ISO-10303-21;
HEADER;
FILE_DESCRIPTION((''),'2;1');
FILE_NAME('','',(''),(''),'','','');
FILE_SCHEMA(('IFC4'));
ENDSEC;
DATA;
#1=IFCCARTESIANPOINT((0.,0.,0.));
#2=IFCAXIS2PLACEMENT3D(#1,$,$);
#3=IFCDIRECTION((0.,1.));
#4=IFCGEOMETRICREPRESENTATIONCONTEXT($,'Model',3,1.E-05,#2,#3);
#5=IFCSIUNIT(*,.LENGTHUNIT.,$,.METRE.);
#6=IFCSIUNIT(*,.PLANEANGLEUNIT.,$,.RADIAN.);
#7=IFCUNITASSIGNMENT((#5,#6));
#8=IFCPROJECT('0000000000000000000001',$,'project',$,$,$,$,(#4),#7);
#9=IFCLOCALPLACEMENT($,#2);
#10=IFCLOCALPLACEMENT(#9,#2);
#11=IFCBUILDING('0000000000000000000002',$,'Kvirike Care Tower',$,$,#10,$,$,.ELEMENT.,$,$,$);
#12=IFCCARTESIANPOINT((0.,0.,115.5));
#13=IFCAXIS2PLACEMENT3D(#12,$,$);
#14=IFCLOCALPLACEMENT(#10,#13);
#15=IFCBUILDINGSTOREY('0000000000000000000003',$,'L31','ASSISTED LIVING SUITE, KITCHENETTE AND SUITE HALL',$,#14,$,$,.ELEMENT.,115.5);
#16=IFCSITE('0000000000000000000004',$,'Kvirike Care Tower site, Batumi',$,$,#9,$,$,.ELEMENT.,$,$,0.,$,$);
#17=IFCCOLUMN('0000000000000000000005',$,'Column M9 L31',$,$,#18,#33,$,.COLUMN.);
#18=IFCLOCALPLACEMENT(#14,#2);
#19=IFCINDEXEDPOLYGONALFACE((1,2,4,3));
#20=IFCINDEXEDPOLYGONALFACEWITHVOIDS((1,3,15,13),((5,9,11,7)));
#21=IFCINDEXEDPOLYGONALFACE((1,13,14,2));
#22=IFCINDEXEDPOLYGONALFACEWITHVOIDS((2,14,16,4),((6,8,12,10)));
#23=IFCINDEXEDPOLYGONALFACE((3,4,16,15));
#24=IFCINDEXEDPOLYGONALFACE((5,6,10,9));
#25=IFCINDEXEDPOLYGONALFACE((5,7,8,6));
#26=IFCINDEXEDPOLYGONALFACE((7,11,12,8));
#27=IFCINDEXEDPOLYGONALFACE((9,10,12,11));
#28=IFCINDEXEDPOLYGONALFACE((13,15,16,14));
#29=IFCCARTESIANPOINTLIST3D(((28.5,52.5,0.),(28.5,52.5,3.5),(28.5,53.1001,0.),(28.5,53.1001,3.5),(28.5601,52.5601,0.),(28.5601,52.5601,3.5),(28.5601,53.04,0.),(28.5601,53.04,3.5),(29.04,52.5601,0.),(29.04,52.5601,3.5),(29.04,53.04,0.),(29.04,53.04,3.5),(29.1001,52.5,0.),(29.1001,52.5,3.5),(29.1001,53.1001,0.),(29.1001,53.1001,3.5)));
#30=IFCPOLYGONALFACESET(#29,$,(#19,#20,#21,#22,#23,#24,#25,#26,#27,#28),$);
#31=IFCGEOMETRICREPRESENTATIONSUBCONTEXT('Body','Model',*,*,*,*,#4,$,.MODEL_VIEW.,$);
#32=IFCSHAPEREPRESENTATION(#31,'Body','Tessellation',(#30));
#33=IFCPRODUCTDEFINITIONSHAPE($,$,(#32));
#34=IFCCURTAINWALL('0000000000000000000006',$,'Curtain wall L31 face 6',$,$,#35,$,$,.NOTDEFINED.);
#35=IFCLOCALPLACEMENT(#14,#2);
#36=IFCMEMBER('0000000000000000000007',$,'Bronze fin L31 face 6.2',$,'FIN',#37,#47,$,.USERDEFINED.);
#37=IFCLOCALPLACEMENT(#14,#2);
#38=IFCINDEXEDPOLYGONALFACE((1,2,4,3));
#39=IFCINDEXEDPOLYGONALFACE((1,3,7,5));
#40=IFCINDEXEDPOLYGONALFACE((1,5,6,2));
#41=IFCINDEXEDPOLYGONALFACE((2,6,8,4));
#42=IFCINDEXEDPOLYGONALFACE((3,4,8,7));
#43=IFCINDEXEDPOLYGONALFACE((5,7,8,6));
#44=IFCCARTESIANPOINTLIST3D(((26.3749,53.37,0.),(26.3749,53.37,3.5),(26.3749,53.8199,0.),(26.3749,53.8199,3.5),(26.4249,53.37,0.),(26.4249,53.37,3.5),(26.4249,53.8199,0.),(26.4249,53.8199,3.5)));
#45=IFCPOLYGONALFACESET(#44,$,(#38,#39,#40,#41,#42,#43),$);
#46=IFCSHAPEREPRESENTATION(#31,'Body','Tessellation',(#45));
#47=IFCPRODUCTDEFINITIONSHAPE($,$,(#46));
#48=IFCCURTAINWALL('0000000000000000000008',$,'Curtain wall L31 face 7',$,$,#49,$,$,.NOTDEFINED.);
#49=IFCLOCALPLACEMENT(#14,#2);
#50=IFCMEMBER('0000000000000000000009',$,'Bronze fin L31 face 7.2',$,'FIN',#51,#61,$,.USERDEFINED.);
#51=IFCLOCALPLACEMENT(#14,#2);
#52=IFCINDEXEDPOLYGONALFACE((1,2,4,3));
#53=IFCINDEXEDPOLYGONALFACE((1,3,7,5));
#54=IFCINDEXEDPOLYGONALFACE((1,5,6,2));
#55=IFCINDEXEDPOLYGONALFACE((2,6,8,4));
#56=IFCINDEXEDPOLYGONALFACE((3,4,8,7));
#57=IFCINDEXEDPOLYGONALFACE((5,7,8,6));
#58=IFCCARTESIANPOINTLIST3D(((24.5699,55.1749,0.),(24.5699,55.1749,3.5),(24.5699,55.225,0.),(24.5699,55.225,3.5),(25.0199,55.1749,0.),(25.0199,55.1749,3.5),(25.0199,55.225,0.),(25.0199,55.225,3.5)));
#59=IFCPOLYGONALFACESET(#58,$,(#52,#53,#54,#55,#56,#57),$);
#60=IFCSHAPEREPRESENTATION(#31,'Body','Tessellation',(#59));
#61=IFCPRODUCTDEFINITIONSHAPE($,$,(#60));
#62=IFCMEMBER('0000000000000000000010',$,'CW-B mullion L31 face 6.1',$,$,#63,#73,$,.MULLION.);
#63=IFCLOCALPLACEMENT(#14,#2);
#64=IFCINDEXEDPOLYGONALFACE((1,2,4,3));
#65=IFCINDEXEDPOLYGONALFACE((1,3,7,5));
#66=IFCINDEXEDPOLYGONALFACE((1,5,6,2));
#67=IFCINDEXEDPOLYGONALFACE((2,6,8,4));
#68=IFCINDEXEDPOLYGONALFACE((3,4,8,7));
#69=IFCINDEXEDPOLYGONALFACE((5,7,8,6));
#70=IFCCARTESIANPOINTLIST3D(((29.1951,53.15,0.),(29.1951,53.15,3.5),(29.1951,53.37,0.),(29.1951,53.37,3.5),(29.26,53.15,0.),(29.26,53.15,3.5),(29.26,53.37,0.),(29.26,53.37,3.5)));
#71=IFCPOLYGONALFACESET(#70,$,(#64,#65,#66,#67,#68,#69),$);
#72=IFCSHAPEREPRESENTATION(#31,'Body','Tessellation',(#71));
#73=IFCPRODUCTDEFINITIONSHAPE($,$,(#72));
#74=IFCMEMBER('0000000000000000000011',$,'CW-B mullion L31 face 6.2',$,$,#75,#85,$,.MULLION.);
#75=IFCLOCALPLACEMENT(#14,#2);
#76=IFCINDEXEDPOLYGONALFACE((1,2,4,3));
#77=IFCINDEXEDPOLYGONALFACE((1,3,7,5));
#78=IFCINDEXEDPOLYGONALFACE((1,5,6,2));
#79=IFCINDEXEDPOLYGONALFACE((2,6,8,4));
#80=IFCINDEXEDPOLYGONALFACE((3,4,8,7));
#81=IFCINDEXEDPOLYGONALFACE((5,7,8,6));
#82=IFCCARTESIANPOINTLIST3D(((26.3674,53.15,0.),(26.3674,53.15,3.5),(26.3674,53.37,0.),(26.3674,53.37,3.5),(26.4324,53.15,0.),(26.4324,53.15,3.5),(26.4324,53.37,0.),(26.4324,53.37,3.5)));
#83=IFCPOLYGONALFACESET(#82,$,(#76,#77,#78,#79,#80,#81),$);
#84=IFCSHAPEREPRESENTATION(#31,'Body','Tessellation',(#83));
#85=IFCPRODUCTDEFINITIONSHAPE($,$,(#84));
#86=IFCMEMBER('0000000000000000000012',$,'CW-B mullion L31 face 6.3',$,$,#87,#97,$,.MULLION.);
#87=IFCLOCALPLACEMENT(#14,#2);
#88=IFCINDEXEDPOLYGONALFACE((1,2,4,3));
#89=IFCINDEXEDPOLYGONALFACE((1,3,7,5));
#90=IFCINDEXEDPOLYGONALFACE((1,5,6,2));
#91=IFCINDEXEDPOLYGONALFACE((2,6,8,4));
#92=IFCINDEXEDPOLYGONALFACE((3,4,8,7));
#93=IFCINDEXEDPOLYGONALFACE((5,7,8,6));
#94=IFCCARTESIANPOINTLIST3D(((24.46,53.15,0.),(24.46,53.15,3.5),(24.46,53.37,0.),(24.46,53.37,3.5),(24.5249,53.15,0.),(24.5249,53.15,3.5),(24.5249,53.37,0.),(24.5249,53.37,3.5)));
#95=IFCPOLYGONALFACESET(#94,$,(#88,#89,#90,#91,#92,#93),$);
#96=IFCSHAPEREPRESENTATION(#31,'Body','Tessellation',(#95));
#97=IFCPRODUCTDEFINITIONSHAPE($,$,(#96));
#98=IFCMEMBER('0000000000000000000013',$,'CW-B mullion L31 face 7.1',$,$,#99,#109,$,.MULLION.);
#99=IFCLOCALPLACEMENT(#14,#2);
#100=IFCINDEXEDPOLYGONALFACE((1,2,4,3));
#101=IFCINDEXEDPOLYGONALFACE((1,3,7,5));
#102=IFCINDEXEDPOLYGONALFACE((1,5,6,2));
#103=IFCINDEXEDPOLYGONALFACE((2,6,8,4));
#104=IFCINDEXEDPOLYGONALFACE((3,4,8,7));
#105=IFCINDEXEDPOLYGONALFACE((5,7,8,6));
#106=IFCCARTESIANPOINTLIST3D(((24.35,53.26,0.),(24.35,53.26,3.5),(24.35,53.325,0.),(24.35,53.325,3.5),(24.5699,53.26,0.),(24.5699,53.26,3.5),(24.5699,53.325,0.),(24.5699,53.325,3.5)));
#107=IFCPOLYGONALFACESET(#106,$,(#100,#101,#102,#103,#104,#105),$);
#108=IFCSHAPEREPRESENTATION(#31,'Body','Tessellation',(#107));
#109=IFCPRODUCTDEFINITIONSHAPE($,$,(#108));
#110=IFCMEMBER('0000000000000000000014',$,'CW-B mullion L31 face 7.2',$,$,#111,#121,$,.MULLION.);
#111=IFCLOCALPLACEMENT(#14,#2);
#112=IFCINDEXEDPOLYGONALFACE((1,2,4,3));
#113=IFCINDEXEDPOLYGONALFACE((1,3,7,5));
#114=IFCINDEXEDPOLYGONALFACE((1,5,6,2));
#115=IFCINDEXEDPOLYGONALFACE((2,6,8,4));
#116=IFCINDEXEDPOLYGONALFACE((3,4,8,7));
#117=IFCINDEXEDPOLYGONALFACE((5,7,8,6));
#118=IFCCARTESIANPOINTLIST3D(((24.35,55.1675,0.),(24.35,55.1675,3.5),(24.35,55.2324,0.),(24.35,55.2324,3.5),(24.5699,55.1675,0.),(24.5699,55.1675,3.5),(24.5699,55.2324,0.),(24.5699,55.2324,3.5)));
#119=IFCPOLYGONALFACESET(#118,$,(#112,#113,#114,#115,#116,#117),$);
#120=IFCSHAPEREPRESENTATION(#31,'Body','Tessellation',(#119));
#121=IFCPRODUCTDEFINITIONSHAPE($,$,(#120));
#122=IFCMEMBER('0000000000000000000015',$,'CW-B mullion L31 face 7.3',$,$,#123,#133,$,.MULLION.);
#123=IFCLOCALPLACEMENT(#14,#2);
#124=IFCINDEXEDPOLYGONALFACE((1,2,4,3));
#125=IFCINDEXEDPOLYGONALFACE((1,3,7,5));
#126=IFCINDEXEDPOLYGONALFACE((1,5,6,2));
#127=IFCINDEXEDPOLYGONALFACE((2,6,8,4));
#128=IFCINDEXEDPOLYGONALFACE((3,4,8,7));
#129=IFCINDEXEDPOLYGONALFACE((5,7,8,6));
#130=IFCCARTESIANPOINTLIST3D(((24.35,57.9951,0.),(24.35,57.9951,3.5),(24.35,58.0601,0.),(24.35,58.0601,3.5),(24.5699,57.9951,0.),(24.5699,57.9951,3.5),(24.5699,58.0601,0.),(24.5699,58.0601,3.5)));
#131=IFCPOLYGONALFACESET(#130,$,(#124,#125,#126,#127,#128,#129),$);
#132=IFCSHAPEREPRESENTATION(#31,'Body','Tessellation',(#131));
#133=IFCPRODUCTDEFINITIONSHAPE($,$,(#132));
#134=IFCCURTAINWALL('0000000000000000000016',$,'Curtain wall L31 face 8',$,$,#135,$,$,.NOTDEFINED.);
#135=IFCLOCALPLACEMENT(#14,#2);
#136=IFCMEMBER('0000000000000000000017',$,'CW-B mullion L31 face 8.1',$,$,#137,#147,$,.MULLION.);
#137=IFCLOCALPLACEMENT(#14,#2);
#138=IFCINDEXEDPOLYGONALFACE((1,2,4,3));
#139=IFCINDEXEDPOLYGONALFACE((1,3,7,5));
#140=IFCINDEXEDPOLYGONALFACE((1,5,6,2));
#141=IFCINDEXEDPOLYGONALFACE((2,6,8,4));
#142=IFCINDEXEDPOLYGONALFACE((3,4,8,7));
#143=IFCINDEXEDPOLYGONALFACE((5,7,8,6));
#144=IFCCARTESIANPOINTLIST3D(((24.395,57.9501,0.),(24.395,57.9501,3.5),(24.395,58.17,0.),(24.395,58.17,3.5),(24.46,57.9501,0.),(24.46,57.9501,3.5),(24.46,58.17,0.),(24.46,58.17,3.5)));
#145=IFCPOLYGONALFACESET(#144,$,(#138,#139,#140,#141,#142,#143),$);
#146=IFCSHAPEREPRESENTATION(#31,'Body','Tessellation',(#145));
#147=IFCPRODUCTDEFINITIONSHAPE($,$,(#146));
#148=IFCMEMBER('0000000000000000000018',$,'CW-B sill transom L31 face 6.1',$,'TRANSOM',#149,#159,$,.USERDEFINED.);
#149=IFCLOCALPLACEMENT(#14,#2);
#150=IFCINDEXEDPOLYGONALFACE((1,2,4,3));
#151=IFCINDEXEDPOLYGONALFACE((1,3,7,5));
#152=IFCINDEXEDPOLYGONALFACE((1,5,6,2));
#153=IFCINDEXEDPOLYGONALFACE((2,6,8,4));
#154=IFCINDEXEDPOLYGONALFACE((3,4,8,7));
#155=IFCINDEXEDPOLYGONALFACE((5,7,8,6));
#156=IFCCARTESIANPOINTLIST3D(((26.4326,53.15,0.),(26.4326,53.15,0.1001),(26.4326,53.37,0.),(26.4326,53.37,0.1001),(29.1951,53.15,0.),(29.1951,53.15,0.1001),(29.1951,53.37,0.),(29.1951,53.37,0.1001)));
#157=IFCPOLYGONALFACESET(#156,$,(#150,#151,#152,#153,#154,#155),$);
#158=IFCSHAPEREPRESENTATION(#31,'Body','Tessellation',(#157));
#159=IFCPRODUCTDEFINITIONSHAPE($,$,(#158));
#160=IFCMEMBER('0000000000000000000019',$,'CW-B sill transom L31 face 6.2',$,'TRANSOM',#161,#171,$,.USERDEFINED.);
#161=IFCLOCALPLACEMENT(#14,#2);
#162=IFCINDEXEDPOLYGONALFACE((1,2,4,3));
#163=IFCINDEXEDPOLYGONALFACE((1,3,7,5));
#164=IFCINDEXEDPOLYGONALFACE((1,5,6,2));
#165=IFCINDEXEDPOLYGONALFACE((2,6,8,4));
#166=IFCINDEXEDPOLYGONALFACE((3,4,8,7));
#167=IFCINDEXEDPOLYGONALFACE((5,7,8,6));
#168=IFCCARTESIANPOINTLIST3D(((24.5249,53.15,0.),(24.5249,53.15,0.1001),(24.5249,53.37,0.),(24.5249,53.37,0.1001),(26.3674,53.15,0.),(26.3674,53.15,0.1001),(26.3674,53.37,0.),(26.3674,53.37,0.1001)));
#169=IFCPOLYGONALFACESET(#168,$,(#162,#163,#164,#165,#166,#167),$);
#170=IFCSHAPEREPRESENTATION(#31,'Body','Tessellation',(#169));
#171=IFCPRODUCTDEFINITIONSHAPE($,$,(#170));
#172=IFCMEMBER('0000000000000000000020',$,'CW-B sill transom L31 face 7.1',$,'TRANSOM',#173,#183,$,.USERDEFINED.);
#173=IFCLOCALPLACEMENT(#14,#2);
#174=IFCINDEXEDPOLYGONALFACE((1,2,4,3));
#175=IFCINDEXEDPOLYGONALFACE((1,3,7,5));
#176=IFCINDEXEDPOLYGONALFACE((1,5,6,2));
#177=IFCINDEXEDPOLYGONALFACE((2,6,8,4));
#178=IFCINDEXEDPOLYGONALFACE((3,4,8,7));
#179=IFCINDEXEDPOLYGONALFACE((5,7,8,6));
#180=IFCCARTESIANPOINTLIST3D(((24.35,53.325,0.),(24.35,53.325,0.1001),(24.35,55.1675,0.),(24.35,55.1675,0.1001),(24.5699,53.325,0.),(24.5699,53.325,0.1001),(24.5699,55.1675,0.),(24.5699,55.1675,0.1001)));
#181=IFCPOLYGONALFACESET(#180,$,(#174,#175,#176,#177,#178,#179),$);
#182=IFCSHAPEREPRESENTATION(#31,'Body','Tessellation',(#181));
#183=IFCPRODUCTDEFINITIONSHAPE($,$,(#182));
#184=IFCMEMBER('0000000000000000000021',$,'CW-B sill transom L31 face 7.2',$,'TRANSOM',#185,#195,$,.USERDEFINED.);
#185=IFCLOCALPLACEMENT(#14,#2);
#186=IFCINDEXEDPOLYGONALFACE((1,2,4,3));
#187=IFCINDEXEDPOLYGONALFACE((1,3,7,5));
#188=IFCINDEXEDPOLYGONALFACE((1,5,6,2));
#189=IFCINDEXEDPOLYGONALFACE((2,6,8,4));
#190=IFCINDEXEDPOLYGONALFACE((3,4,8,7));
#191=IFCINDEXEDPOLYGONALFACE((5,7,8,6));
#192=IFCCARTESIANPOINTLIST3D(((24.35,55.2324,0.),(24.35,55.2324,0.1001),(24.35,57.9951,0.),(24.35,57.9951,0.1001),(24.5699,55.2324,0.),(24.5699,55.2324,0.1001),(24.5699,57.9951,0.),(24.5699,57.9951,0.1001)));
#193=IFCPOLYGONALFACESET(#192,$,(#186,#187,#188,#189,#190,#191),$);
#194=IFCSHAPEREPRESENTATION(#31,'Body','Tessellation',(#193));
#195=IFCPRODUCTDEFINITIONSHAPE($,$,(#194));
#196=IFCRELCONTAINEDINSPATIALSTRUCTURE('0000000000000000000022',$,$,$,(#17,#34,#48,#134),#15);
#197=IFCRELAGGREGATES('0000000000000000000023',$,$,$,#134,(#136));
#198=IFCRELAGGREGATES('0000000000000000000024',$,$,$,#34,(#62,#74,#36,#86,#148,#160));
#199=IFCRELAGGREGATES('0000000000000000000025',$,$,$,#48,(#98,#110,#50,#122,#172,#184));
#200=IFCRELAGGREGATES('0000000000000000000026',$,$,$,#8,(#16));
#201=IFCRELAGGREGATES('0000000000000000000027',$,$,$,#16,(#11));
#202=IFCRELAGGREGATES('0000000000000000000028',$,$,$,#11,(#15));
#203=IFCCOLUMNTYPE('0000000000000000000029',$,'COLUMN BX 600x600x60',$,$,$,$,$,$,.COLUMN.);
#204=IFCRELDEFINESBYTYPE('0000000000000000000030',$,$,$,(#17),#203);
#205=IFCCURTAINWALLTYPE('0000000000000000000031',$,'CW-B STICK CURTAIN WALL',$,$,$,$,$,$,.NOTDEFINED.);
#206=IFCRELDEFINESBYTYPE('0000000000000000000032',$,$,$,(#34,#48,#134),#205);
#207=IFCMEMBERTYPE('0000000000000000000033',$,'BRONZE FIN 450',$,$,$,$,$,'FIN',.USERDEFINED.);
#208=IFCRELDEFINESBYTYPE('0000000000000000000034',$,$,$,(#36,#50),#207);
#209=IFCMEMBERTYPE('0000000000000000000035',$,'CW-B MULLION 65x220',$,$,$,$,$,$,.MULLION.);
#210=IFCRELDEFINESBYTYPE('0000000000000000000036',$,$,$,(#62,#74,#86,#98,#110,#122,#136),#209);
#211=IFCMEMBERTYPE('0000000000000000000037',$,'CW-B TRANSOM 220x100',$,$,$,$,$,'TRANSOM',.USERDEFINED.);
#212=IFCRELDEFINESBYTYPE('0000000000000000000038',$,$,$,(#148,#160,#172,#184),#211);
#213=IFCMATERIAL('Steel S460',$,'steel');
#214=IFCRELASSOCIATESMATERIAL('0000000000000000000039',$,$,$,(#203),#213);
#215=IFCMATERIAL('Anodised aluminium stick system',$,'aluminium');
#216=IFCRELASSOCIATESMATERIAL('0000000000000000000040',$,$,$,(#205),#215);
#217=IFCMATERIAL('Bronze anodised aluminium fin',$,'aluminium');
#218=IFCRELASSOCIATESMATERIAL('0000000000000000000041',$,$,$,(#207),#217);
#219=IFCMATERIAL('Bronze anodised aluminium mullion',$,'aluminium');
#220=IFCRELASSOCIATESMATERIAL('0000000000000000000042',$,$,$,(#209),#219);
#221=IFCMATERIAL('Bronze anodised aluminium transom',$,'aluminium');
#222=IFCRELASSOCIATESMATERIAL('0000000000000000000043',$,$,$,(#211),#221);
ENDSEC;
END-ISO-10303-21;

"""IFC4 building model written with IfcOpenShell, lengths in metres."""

from ifc_helpers import new_model, si_unit, direction, frame, origin, origin_2d, place, context, subcontext, project, spatial, rectangle, hollow_rectangle, extrude, material, material_profile, profile_set, type_object, element, aggregate, save


model = new_model("IFC4")

# Units and contexts
model_context = context("Model", 3, precision=1e-05, world=origin(), true_north=direction((0.0, 1.0)))
body_context = subcontext(model_context, "Body", "Model", "MODEL_VIEW")
ifc_project = project(units=[si_unit("LENGTHUNIT", "METRE"), si_unit("PLANEANGLEUNIT", "RADIAN")], contexts=[model_context])

# Site, building, storey
site_placement = place(None, origin())
site = spatial("IfcSite", under=ifc_project, at=site_placement, Name="Kvirike Care Tower site, Batumi", CompositionType="ELEMENT", RefElevation=0.0)
building_placement = place(site_placement, origin())
building = spatial("IfcBuilding", under=site, at=building_placement, Name="Kvirike Care Tower", CompositionType="ELEMENT")
storey_placement = place(building_placement, frame((0.0, 0.0, 115.5)))
storey = spatial("IfcBuildingStorey", under=building, at=storey_placement, Name="L31", Description="ASSISTED LIVING SUITE, KITCHENETTE AND SUITE HALL", CompositionType="ELEMENT", Elevation=115.5)

# Column
ifc_material_1 = material(Name="Steel S460", Category="steel")
ifc_material_profile_1 = material_profile(ifc_material_1, hollow_rectangle(XDim=0.6001, YDim=0.6001, WallThickness=0.0601, at=origin_2d()), Name="BX 600x600x60")
ifc_profile_set_1 = profile_set([ifc_material_profile_1], Name="Steel S460")
column_type = type_object("IfcColumnType", Name="COLUMN BX 600x600x60", PredefinedType="COLUMN", material=ifc_profile_set_1)
column_placement = place(storey_placement, frame((28.8, 52.8, 0.0), z_axis=(0.0, 0.0, 1.0), x_axis=(0.0, 1.0, 0.0)))
element("IfcColumn", 1, at=column_placement, inside=storey, type_object=column_type, Name="Column M9 L31", PredefinedType="COLUMN", context=body_context, shape_type="SweptSolid", body=[
    extrude(hollow_rectangle(XDim=0.6001, YDim=0.6001, WallThickness=0.0601, at=origin_2d()), origin(), (0.0, 0.0, 1.0), 3.5),
])

# Curtain walls, members
ifc_material_2 = material(Name="Anodised aluminium stick system", Category="aluminium")
curtain_wall_type = type_object("IfcCurtainWallType", Name="CW-B STICK CURTAIN WALL", PredefinedType="NOTDEFINED", material=ifc_material_2)
curtain_wall_1_placement = place(storey_placement, origin())
curtain_wall_1 = element("IfcCurtainWall", 2, at=curtain_wall_1_placement, inside=storey, type_object=curtain_wall_type, Name="Curtain wall L31 face 6", PredefinedType="NOTDEFINED")
ifc_material_3 = material(Name="Bronze anodised aluminium fin", Category="aluminium")
ifc_material_profile_2 = material_profile(ifc_material_3, rectangle(XDim=0.05, YDim=0.45, at=origin_2d()), Name="BRONZE FIN 450")
ifc_profile_set_2 = profile_set([ifc_material_profile_2], Name="Bronze anodised aluminium fin")
member_type_1 = type_object("IfcMemberType", Name="BRONZE FIN 450", ElementType="FIN", PredefinedType="USERDEFINED", material=ifc_profile_set_2)
member_1_placement = place(storey_placement, frame((26.3999, 53.595, 0.0), z_axis=(0.0, 0.0, 1.0), x_axis=(-1.0, 0.0, 0.0)))
member_1 = element("IfcMember", 3, at=member_1_placement, type_object=member_type_1, Name="Bronze fin L31 face 6.2", ObjectType="FIN", PredefinedType="USERDEFINED", context=body_context, shape_type="SweptSolid", body=[
    extrude(rectangle(XDim=0.05, YDim=0.45, at=origin_2d()), origin(), (0.0, 0.0, 1.0), 3.5),
])
curtain_wall_2_placement = place(storey_placement, origin())
curtain_wall_2 = element("IfcCurtainWall", 4, at=curtain_wall_2_placement, inside=storey, type_object=curtain_wall_type, Name="Curtain wall L31 face 7", PredefinedType="NOTDEFINED")
member_2_placement = place(storey_placement, frame((24.7949, 55.2, 0.0), z_axis=(0.0, 0.0, 1.0), x_axis=(0.0, 1.0, 0.0)))
member_2 = element("IfcMember", 5, at=member_2_placement, type_object=member_type_1, Name="Bronze fin L31 face 7.2", ObjectType="FIN", PredefinedType="USERDEFINED", context=body_context, shape_type="SweptSolid", body=[
    extrude(rectangle(XDim=0.05, YDim=0.45, at=origin_2d()), origin(), (0.0, 0.0, 1.0), 3.5),
])

# Members
ifc_material_4 = material(Name="Bronze anodised aluminium mullion", Category="aluminium")
ifc_material_profile_3 = material_profile(ifc_material_4, rectangle(XDim=0.0649, YDim=0.22, at=origin_2d()), Name="CW-B MULLION 65x220")
ifc_profile_set_3 = profile_set([ifc_material_profile_3], Name="Bronze anodised aluminium mullion")
member_type_2 = type_object("IfcMemberType", Name="CW-B MULLION 65x220", PredefinedType="MULLION", material=ifc_profile_set_3)
member_3_placement = place(storey_placement, frame((29.2275, 53.26, 0.0), z_axis=(0.0, 0.0, 1.0), x_axis=(-1.0, 0.0, 0.0)))
member_3 = element("IfcMember", 6, at=member_3_placement, type_object=member_type_2, Name="CW-B mullion L31 face 6.1", PredefinedType="MULLION", context=body_context, shape_type="SweptSolid", body=[
    extrude(rectangle(XDim=0.0649, YDim=0.22, at=origin_2d()), origin(), (0.0, 0.0, 1.0), 3.5),
])
member_4_placement = place(storey_placement, frame((26.3999, 53.26, 0.0), z_axis=(0.0, 0.0, 1.0), x_axis=(-1.0, 0.0, 0.0)))
member_4 = element("IfcMember", 7, at=member_4_placement, type_object=member_type_2, Name="CW-B mullion L31 face 6.2", PredefinedType="MULLION", context=body_context, shape_type="SweptSolid", body=[
    extrude(rectangle(XDim=0.0649, YDim=0.22, at=origin_2d()), origin(), (0.0, 0.0, 1.0), 3.5),
])
member_5_placement = place(storey_placement, frame((24.4924, 53.26, 0.0), z_axis=(0.0, 0.0, 1.0), x_axis=(-1.0, 0.0, 0.0)))
member_5 = element("IfcMember", 8, at=member_5_placement, type_object=member_type_2, Name="CW-B mullion L31 face 6.3", PredefinedType="MULLION", context=body_context, shape_type="SweptSolid", body=[
    extrude(rectangle(XDim=0.0649, YDim=0.22, at=origin_2d()), origin(), (0.0, 0.0, 1.0), 3.5),
])
member_6_placement = place(storey_placement, frame((24.46, 53.2925, 0.0), z_axis=(0.0, 0.0, 1.0), x_axis=(0.0, 1.0, 0.0)))
member_6 = element("IfcMember", 9, at=member_6_placement, type_object=member_type_2, Name="CW-B mullion L31 face 7.1", PredefinedType="MULLION", context=body_context, shape_type="SweptSolid", body=[
    extrude(rectangle(XDim=0.0649, YDim=0.22, at=origin_2d()), origin(), (0.0, 0.0, 1.0), 3.5),
])
member_7_placement = place(storey_placement, frame((24.46, 55.2, 0.0), z_axis=(0.0, 0.0, 1.0), x_axis=(0.0, 1.0, 0.0)))
member_7 = element("IfcMember", 10, at=member_7_placement, type_object=member_type_2, Name="CW-B mullion L31 face 7.2", PredefinedType="MULLION", context=body_context, shape_type="SweptSolid", body=[
    extrude(rectangle(XDim=0.0649, YDim=0.22, at=origin_2d()), origin(), (0.0, 0.0, 1.0), 3.5),
])
member_8_placement = place(storey_placement, frame((24.46, 58.0276, 0.0), z_axis=(0.0, 0.0, 1.0), x_axis=(0.0, 1.0, 0.0)))
member_8 = element("IfcMember", 11, at=member_8_placement, type_object=member_type_2, Name="CW-B mullion L31 face 7.3", PredefinedType="MULLION", context=body_context, shape_type="SweptSolid", body=[
    extrude(rectangle(XDim=0.0649, YDim=0.22, at=origin_2d()), origin(), (0.0, 0.0, 1.0), 3.5),
])

# Curtain wall, member
curtain_wall_3_placement = place(storey_placement, origin())
curtain_wall_3 = element("IfcCurtainWall", 12, at=curtain_wall_3_placement, inside=storey, type_object=curtain_wall_type, Name="Curtain wall L31 face 8", PredefinedType="NOTDEFINED")
member_9_placement = place(storey_placement, frame((24.4275, 58.0601, 0.0), z_axis=(0.0, 0.0, 1.0), x_axis=(-1.0, 0.0, 0.0)))
member_9 = element("IfcMember", 13, at=member_9_placement, type_object=member_type_2, Name="CW-B mullion L31 face 8.1", PredefinedType="MULLION", context=body_context, shape_type="SweptSolid", body=[
    extrude(rectangle(XDim=0.0649, YDim=0.22, at=origin_2d()), origin(), (0.0, 0.0, 1.0), 3.5),
])

# Members
ifc_material_5 = material(Name="Bronze anodised aluminium transom", Category="aluminium")
ifc_material_profile_4 = material_profile(ifc_material_5, rectangle(XDim=0.22, YDim=0.1001, at=origin_2d()), Name="CW-B TRANSOM 220x100")
ifc_profile_set_4 = profile_set([ifc_material_profile_4], Name="Bronze anodised aluminium transom")
member_type_3 = type_object("IfcMemberType", Name="CW-B TRANSOM 220x100", ElementType="TRANSOM", PredefinedType="USERDEFINED", material=ifc_profile_set_4)
member_10_placement = place(storey_placement, frame((29.1951, 53.26, 0.05), z_axis=(-1.0, 0.0, 0.0), x_axis=(0.0, -1.0, 0.0)))
member_10 = element("IfcMember", 14, at=member_10_placement, type_object=member_type_3, Name="CW-B sill transom L31 face 6.1", ObjectType="TRANSOM", PredefinedType="USERDEFINED", context=body_context, shape_type="SweptSolid", body=[
    extrude(rectangle(XDim=0.22, YDim=0.1001, at=origin_2d()), origin(), (0.0, 0.0, 1.0), 2.7625),
])
member_11_placement = place(storey_placement, frame((26.3674, 53.26, 0.05), z_axis=(-1.0, 0.0, 0.0), x_axis=(0.0, -1.0, 0.0)))
member_11 = element("IfcMember", 15, at=member_11_placement, type_object=member_type_3, Name="CW-B sill transom L31 face 6.2", ObjectType="TRANSOM", PredefinedType="USERDEFINED", context=body_context, shape_type="SweptSolid", body=[
    extrude(rectangle(XDim=0.22, YDim=0.1001, at=origin_2d()), origin(), (0.0, 0.0, 1.0), 1.8425),
])
member_12_placement = place(storey_placement, frame((24.46, 53.325, 0.05), z_axis=(0.0, 1.0, 0.0), x_axis=(-1.0, 0.0, 0.0)))
member_12 = element("IfcMember", 16, at=member_12_placement, type_object=member_type_3, Name="CW-B sill transom L31 face 7.1", ObjectType="TRANSOM", PredefinedType="USERDEFINED", context=body_context, shape_type="SweptSolid", body=[
    extrude(rectangle(XDim=0.22, YDim=0.1001, at=origin_2d()), origin(), (0.0, 0.0, 1.0), 1.8425),
])
member_13_placement = place(storey_placement, frame((24.46, 55.2324, 0.05), z_axis=(0.0, 1.0, 0.0), x_axis=(-1.0, 0.0, 0.0)))
member_13 = element("IfcMember", 17, at=member_13_placement, type_object=member_type_3, Name="CW-B sill transom L31 face 7.2", ObjectType="TRANSOM", PredefinedType="USERDEFINED", context=body_context, shape_type="SweptSolid", body=[
    extrude(rectangle(XDim=0.22, YDim=0.1001, at=origin_2d()), origin(), (0.0, 0.0, 1.0), 2.7627),
])
aggregate(curtain_wall_3, [member_9])

aggregate(curtain_wall_1, [member_3, member_4, member_1, member_5, member_10, member_11])
aggregate(curtain_wall_2, [member_6, member_7, member_2, member_8, member_12, member_13])

save(model, "model.ifc")
